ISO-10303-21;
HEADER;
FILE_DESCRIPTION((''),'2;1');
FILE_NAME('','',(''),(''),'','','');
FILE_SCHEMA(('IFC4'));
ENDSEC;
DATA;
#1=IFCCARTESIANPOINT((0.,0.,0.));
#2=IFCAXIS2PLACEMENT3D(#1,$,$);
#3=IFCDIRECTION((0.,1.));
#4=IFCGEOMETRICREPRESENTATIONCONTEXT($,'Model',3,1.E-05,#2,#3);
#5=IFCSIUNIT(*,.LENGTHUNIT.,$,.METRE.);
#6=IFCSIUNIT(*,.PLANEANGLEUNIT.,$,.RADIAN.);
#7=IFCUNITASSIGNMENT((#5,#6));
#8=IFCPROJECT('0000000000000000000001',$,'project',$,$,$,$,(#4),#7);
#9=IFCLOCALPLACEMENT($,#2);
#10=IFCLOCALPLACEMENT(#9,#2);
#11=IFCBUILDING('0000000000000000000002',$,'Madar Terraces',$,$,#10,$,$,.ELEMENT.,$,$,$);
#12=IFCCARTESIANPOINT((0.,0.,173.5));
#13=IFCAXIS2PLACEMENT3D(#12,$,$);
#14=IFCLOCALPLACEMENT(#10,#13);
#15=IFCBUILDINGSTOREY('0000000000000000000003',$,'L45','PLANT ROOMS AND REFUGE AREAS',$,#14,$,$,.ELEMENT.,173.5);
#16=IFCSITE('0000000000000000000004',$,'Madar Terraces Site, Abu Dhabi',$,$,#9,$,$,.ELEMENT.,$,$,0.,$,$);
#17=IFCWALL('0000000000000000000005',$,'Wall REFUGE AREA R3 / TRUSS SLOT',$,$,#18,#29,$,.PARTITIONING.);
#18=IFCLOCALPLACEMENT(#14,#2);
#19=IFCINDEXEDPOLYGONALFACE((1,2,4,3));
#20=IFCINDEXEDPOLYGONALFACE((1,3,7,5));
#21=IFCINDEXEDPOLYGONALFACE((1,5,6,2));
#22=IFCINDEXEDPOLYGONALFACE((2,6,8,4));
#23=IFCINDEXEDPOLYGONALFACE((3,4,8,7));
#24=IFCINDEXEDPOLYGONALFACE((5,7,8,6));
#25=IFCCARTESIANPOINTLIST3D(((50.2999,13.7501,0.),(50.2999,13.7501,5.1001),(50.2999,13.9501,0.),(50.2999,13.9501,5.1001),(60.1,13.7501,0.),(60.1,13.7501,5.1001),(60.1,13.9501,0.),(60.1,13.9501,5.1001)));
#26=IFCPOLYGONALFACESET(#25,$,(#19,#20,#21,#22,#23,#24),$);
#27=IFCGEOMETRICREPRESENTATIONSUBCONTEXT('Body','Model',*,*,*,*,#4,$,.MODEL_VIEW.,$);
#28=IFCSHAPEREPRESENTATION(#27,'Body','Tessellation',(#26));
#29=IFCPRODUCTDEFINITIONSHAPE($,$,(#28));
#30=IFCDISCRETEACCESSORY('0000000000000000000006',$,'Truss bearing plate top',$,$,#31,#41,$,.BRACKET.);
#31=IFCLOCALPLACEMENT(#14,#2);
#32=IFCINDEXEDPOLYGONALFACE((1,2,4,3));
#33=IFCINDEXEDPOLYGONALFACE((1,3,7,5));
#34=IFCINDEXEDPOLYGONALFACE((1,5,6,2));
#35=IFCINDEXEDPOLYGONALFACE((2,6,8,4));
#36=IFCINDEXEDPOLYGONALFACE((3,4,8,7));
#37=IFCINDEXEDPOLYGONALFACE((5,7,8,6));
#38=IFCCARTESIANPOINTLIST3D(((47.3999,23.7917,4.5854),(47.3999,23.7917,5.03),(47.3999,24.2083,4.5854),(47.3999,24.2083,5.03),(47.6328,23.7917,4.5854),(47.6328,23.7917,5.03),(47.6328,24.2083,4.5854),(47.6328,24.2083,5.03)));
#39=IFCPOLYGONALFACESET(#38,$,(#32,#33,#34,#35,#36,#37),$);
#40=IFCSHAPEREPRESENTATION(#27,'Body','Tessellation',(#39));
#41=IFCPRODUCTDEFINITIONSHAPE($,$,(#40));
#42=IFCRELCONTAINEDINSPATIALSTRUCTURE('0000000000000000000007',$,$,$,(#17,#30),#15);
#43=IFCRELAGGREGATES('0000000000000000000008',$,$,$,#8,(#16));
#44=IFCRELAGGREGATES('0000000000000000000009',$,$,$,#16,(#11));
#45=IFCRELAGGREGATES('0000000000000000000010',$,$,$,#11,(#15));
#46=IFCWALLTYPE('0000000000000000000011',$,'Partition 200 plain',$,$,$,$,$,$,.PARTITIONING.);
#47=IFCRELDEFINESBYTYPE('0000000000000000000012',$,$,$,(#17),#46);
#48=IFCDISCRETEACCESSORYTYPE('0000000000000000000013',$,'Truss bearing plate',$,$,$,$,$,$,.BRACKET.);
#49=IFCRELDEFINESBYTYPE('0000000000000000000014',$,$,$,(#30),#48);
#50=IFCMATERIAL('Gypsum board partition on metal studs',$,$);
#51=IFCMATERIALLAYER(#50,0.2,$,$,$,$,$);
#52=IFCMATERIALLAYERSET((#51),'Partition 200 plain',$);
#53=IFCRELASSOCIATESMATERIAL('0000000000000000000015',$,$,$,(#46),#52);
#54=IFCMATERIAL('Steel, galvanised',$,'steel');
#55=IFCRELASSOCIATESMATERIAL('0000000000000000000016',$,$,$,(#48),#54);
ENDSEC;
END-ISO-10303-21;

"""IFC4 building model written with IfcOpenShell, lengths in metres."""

from ifc_helpers import new_model, si_unit, direction, frame, frame_2d, origin, origin_2d, place, context, subcontext, project, spatial, rectangle, extrude, material, layer, layer_set, type_object, element, save


model = new_model("IFC4")

# Units and contexts
model_context = context("Model", 3, precision=1e-05, world=origin(), true_north=direction((0.0, 1.0)))
body_context = subcontext(model_context, "Body", "Model", "MODEL_VIEW")
ifc_project = project(units=[si_unit("LENGTHUNIT", "METRE"), si_unit("PLANEANGLEUNIT", "RADIAN")], contexts=[model_context])

# Site, building, storey
site_placement = place(None, origin())
site = spatial("IfcSite", under=ifc_project, at=site_placement, Name="Madar Terraces Site, Abu Dhabi", CompositionType="ELEMENT", RefElevation=0.0)
building_placement = place(site_placement, origin())
building = spatial("IfcBuilding", under=site, at=building_placement, Name="Madar Terraces", CompositionType="ELEMENT")
storey_placement = place(building_placement, frame((0.0, 0.0, 173.5)))
storey = spatial("IfcBuildingStorey", under=building, at=storey_placement, Name="L45", Description="PLANT ROOMS AND REFUGE AREAS", CompositionType="ELEMENT", Elevation=173.5)

# Wall
ifc_material_1 = material(Name="Gypsum board partition on metal studs")
ifc_layer_1 = layer(ifc_material_1, 0.2)
ifc_layer_set_1 = layer_set([ifc_layer_1], Name="Partition 200 plain")
wall_type_1 = type_object("IfcWallType", Name="Partition 200 plain", PredefinedType="PARTITIONING", material=ifc_layer_set_1)
wall_1_placement = place(storey_placement, frame((50.3, 13.8501, 0.0), z_axis=(0.0, 0.0, 1.0), x_axis=(1.0, 0.0, 0.0)))
element("IfcWall", 1, at=wall_1_placement, inside=storey, type_object=wall_type_1, Name="Wall REFUGE AREA R3 / TRUSS SLOT", PredefinedType="PARTITIONING", context=body_context, shape_type="SweptSolid", body=[
    extrude(rectangle(XDim=9.8, YDim=0.2, at=frame_2d((4.8999, 0.0))), origin(), (0.0, 0.0, 1.0), 5.1001),
])

# Discrete accessory
ifc_material_2 = material(Name="Steel, galvanised", Category="steel")
discrete_accessory_type = type_object("IfcDiscreteAccessoryType", Name="Truss bearing plate", PredefinedType="BRACKET", material=ifc_material_2)
discrete_accessory_placement = place(storey_placement, frame((47.5164, 24.0, 4.5854), z_axis=(0.0, 0.0, 1.0), x_axis=(1.0, 0.0, 0.0)))
element("IfcDiscreteAccessory", 2, at=discrete_accessory_placement, inside=storey, type_object=discrete_accessory_type, Name="Truss bearing plate top", PredefinedType="BRACKET", context=body_context, shape_type="SweptSolid", body=[
    extrude(rectangle(XDim=0.2329, YDim=0.4165, at=origin_2d()), origin(), (0.0, 0.0, 1.0), 0.4446),
])

save(model, "model.ifc")
